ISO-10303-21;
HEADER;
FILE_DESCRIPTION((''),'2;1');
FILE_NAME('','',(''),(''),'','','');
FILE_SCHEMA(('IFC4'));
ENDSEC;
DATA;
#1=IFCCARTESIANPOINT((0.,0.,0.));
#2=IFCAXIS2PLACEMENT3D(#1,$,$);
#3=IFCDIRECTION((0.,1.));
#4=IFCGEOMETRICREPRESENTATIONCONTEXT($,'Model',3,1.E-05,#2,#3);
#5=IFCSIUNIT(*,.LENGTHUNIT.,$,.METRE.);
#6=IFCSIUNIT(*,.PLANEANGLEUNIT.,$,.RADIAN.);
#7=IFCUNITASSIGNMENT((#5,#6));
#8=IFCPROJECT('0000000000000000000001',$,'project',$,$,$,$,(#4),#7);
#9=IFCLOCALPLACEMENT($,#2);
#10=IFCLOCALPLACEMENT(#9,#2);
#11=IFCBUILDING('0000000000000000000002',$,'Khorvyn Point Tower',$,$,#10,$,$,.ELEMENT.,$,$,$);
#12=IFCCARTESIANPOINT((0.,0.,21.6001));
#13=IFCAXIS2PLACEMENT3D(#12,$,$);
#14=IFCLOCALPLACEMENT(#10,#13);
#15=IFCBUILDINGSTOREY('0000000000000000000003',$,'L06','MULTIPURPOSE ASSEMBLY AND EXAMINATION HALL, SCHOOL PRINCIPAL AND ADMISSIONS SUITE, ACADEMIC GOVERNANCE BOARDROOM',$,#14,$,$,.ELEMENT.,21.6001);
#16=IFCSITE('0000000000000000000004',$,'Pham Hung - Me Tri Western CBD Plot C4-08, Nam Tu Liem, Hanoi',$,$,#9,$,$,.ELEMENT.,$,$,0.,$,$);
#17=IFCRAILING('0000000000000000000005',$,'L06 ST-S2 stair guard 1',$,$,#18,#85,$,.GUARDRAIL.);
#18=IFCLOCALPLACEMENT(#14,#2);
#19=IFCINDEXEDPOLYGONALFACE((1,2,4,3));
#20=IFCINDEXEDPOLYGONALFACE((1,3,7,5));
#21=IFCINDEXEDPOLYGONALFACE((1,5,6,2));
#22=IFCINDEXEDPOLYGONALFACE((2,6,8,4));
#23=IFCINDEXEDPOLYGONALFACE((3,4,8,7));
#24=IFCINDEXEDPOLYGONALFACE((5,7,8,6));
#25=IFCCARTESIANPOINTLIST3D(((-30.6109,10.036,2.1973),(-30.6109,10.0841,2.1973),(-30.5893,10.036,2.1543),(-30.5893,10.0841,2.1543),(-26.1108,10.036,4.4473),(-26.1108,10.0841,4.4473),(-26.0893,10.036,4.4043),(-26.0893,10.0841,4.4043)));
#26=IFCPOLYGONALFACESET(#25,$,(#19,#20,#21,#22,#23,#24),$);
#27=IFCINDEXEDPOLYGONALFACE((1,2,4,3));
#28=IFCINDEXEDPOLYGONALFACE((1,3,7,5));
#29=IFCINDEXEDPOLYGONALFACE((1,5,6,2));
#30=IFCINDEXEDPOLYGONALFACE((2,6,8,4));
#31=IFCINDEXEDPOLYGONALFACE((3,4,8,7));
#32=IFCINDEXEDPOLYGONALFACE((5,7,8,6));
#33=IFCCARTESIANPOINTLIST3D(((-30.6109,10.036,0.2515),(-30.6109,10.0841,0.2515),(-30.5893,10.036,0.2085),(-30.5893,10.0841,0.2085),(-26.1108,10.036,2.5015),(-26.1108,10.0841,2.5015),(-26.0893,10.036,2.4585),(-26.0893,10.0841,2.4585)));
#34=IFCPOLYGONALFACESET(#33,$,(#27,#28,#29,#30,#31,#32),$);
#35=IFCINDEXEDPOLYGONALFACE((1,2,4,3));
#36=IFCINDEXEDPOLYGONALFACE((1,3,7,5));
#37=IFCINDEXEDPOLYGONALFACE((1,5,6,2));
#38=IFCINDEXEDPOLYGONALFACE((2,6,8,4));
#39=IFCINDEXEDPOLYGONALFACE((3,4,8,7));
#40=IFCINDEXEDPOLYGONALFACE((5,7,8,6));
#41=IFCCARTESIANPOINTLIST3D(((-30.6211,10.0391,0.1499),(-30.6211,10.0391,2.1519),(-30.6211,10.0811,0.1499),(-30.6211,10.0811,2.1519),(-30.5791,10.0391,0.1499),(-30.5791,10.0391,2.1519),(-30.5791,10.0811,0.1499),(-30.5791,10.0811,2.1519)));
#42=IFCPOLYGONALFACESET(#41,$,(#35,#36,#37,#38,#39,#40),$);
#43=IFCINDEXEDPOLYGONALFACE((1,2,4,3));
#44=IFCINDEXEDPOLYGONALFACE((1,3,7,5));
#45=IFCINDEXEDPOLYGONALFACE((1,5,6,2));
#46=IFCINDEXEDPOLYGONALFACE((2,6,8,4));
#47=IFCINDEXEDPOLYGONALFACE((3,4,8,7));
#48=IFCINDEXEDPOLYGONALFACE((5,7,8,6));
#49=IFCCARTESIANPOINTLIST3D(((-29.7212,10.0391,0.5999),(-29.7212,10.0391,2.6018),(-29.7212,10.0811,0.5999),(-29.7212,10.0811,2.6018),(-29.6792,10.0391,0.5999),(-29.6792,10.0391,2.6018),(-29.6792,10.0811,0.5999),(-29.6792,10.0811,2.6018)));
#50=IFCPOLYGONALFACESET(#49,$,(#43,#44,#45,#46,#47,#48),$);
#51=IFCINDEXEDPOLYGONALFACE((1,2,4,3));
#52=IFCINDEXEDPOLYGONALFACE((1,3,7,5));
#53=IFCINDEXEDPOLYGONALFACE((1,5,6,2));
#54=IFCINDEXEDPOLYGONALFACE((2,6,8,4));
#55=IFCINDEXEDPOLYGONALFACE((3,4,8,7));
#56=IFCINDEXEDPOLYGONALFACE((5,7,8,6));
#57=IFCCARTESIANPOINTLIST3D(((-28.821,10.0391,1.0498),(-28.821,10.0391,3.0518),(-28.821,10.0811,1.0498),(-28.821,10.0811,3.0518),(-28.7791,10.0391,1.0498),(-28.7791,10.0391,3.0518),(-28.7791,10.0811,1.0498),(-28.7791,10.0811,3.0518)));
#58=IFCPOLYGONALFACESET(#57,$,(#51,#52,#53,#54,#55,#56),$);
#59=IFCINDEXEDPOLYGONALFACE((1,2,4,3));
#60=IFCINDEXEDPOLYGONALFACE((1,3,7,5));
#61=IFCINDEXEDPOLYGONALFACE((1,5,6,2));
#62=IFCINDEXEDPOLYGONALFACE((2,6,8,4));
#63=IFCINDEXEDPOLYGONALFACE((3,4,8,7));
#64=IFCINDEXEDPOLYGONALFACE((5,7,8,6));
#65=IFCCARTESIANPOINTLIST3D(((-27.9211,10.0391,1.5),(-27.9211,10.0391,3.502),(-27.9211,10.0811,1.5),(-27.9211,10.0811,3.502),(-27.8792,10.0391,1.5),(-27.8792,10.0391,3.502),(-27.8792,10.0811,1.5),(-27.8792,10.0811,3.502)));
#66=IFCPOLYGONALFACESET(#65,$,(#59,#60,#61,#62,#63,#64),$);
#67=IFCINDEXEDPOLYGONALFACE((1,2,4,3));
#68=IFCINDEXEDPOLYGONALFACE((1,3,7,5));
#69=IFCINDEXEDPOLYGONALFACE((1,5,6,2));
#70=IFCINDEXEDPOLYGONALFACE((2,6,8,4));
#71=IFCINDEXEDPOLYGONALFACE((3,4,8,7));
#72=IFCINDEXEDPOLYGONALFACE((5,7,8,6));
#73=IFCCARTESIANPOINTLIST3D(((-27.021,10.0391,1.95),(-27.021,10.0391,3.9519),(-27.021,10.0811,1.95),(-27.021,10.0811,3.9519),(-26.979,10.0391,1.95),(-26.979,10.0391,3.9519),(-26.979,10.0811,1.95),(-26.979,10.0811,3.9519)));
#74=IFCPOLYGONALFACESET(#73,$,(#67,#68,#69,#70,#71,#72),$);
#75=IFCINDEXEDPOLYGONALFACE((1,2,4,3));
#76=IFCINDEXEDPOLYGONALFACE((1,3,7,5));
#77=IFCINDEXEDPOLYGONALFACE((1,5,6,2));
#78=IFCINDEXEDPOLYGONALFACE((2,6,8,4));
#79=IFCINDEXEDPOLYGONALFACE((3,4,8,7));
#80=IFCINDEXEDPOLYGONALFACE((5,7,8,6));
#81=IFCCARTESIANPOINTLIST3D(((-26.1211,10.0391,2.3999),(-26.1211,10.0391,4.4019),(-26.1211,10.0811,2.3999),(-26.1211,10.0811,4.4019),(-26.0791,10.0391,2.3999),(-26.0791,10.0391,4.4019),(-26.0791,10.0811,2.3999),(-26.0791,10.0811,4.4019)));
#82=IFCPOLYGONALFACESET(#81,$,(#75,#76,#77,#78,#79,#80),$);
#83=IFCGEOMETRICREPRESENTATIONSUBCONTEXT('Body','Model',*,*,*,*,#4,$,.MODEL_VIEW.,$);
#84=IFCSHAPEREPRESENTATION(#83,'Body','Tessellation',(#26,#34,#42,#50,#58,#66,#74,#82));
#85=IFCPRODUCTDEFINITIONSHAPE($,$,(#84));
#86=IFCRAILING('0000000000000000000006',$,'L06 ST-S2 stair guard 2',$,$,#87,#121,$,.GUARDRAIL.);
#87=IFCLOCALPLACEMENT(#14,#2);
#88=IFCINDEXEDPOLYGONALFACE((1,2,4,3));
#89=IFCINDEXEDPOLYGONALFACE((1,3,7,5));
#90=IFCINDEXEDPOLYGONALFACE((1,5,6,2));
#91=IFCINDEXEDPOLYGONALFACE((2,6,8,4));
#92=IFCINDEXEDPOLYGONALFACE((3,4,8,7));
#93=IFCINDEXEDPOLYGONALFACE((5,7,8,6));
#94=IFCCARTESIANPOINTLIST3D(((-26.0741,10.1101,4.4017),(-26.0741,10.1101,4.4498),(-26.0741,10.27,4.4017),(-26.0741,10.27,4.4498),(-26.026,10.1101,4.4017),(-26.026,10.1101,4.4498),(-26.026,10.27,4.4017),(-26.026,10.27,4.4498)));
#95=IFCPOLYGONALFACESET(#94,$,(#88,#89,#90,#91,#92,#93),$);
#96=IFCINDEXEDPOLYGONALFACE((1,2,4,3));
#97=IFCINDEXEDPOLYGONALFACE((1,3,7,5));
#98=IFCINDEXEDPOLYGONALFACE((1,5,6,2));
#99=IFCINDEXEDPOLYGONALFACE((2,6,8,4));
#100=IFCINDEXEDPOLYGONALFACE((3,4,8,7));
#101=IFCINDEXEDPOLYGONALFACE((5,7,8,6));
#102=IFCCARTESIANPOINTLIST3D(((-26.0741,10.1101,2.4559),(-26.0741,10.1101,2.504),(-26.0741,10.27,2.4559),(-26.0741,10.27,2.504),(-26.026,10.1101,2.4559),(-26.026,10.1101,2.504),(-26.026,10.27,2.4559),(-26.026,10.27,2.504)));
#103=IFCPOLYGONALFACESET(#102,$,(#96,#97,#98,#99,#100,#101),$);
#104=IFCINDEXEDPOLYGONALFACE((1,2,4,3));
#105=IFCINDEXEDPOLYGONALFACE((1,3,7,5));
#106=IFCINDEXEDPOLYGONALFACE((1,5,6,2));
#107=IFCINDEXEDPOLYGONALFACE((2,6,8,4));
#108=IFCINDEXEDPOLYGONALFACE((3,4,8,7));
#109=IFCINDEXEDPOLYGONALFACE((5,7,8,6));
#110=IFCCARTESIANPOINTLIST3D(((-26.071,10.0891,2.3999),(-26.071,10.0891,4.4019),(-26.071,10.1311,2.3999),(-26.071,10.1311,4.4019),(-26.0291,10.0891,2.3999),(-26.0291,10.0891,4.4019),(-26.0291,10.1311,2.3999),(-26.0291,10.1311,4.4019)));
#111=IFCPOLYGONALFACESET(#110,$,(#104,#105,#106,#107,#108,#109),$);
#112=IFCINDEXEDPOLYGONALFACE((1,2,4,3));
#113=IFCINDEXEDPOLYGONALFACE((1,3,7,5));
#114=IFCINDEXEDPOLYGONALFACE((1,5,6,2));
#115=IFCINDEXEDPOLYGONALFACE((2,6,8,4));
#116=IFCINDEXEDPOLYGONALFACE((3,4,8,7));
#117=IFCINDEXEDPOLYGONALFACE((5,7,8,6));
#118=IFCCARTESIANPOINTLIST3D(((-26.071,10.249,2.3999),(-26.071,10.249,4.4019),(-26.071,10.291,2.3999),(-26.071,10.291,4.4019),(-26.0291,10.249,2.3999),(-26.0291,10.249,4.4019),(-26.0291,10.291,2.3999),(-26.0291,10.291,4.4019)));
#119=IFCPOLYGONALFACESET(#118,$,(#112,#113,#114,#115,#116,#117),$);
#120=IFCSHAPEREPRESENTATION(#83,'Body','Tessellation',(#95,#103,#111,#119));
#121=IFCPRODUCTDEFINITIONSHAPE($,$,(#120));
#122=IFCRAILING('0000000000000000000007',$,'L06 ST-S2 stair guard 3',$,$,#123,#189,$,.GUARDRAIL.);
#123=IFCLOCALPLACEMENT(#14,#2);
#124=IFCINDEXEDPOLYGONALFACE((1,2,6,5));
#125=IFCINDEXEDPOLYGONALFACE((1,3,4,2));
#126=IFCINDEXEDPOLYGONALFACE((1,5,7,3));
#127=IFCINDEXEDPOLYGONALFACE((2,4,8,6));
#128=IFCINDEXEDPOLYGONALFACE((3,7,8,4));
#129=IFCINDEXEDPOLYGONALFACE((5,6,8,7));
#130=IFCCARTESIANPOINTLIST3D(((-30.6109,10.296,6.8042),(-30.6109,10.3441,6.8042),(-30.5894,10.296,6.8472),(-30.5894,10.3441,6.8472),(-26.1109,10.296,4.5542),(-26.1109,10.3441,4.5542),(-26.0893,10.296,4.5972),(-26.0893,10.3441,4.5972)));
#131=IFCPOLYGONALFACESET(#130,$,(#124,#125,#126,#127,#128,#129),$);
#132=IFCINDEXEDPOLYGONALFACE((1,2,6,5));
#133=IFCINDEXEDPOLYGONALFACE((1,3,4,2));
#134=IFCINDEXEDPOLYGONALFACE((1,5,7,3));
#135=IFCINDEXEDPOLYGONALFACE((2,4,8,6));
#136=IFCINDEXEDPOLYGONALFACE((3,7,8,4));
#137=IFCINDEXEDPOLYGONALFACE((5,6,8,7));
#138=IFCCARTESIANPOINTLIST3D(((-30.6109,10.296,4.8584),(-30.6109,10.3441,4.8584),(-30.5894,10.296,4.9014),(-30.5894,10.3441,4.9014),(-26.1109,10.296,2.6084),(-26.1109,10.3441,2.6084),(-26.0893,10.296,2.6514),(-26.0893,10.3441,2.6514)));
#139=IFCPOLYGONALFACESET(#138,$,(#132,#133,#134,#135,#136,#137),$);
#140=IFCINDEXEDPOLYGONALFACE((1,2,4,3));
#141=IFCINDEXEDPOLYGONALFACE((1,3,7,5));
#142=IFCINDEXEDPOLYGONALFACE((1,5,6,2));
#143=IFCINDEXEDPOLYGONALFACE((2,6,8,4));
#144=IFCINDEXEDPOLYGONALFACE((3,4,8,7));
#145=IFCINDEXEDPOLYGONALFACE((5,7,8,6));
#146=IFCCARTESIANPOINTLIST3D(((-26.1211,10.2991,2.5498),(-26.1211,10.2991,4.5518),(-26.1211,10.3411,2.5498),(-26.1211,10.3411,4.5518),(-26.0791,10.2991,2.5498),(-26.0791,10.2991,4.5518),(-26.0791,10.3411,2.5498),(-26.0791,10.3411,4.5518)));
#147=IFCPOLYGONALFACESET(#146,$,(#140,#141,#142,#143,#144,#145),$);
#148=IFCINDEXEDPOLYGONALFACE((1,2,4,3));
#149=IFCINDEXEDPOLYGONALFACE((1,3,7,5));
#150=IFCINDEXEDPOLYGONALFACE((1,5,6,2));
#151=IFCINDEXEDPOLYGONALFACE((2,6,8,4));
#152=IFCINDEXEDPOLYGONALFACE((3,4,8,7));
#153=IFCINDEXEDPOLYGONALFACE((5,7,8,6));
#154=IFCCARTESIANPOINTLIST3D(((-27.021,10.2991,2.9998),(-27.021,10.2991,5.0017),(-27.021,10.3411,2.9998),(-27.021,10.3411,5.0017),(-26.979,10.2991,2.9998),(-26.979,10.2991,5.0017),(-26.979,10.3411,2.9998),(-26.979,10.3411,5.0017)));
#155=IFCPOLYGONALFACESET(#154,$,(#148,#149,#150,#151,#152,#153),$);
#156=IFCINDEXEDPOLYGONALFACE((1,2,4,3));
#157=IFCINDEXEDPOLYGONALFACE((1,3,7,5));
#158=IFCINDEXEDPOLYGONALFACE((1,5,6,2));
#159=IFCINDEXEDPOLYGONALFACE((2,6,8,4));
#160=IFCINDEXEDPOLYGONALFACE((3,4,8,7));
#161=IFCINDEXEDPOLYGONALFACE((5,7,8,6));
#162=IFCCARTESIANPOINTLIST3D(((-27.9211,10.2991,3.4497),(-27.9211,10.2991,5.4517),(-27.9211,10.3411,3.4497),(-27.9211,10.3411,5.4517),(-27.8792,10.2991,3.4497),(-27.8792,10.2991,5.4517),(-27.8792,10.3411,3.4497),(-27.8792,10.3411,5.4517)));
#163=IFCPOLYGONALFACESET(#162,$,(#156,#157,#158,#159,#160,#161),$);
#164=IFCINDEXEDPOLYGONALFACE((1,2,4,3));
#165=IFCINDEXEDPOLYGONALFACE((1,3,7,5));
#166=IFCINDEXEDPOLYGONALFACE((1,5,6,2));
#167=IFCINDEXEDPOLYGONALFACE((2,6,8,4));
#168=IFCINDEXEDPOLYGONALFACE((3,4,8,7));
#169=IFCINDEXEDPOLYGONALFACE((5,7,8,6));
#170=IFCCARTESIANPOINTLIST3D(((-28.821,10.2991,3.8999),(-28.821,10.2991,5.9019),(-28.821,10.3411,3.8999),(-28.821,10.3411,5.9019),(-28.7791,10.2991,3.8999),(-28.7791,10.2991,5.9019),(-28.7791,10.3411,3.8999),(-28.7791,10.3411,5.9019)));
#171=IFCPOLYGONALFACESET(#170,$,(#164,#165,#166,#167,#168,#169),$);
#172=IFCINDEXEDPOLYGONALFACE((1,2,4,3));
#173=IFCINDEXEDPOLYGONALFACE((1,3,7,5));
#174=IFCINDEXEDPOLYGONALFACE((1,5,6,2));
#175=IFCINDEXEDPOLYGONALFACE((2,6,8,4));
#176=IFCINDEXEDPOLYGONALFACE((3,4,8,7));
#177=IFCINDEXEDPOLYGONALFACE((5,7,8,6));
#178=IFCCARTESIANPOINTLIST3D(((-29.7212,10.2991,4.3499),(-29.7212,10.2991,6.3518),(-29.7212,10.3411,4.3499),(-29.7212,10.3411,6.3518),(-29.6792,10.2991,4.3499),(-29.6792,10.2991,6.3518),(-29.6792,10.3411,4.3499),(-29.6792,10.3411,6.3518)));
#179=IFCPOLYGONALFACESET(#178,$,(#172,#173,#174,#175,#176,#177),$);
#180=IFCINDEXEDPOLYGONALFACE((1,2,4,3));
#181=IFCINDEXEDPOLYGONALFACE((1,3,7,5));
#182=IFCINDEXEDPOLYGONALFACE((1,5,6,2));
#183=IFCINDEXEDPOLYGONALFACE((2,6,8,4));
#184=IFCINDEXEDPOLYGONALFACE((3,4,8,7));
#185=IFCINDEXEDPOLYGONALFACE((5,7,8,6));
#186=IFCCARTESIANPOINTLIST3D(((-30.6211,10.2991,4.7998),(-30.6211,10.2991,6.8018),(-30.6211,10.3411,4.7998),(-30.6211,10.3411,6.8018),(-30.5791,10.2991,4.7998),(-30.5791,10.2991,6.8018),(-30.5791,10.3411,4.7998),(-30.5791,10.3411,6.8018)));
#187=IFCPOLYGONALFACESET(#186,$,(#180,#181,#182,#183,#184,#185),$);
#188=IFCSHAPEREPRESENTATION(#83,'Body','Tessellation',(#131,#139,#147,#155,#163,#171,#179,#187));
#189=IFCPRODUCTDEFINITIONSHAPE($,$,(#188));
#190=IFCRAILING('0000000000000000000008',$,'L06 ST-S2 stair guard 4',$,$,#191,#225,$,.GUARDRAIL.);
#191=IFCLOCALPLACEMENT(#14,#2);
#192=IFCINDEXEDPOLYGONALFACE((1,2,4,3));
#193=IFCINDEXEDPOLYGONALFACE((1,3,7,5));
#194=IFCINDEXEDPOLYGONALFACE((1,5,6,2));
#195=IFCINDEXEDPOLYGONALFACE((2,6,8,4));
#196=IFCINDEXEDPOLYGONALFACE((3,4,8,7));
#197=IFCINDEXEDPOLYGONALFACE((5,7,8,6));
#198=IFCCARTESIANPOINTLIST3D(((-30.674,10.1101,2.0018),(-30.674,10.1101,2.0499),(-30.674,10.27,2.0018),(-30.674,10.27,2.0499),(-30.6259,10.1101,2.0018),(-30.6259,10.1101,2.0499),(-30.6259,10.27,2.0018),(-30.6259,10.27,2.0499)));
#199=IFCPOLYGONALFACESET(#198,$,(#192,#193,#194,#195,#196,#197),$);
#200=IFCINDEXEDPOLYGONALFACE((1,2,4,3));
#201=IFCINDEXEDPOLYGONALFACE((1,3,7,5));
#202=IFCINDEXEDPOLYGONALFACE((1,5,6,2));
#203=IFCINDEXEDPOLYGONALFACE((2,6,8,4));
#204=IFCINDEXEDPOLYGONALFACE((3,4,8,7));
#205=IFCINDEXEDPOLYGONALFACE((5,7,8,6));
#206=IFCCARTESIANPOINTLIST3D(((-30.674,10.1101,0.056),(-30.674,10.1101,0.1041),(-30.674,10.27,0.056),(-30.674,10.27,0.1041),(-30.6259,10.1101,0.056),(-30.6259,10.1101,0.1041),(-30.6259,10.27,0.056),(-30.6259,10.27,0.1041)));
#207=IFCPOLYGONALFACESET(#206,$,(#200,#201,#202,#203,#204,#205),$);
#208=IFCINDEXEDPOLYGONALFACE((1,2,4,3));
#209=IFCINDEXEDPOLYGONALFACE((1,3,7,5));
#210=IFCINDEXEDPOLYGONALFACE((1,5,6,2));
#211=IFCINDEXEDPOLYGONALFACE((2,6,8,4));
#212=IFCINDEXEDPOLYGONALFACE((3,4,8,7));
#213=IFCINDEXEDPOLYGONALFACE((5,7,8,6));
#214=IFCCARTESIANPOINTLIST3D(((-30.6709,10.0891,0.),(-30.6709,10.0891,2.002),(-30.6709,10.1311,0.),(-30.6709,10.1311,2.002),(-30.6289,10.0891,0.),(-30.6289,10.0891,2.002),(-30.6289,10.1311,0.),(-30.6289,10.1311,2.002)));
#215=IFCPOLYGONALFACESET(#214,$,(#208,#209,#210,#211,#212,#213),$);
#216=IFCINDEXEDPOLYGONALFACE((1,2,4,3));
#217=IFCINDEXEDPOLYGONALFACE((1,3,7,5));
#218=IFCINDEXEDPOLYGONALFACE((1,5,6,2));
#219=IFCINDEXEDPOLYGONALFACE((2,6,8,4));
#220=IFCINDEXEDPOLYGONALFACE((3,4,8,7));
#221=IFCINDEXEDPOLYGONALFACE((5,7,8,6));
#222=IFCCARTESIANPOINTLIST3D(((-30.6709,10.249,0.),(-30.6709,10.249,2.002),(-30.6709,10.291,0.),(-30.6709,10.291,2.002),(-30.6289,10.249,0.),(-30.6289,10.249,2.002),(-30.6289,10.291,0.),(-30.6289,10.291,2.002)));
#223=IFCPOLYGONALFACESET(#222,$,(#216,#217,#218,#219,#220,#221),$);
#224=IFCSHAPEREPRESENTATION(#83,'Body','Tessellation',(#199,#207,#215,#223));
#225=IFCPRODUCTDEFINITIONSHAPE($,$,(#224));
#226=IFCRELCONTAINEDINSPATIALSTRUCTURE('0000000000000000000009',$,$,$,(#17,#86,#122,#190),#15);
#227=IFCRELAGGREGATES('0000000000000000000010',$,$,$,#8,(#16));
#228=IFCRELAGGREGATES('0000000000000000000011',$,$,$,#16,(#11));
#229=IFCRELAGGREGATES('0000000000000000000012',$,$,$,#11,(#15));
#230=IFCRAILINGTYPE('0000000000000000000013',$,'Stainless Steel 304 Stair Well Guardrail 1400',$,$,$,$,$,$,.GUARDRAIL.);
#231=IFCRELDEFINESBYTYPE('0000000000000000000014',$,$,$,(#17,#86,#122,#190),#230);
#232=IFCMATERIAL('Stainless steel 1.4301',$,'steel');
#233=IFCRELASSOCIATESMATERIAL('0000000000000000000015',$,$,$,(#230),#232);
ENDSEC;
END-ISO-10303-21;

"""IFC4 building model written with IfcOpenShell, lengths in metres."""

from ifc_helpers import new_model, si_unit, direction, frame, origin, origin_2d, place, context, subcontext, project, spatial, rectangle, extrude, material, type_object, element, save


model = new_model("IFC4")

# Units and contexts
model_context = context("Model", 3, precision=1e-05, world=origin(), true_north=direction((0.0, 1.0)))
body_context = subcontext(model_context, "Body", "Model", "MODEL_VIEW")
ifc_project = project(units=[si_unit("LENGTHUNIT", "METRE"), si_unit("PLANEANGLEUNIT", "RADIAN")], contexts=[model_context])

# Site, building, storey
site_placement = place(None, origin())
site = spatial("IfcSite", under=ifc_project, at=site_placement, Name="Pham Hung - Me Tri Western CBD Plot C4-08, Nam Tu Liem, Hanoi", CompositionType="ELEMENT", RefElevation=0.0)
building_placement = place(site_placement, origin())
building = spatial("IfcBuilding", under=site, at=building_placement, Name="Khorvyn Point Tower", CompositionType="ELEMENT")
storey_placement = place(building_placement, frame((0.0, 0.0, 21.6001)))
storey = spatial("IfcBuildingStorey", under=building, at=storey_placement, Name="L06", Description="MULTIPURPOSE ASSEMBLY AND EXAMINATION HALL, SCHOOL PRINCIPAL AND ADMISSIONS SUITE, ACADEMIC GOVERNANCE BOARDROOM", CompositionType="ELEMENT", Elevation=21.6001)

# Railings
ifc_material_1 = material(Name="Stainless steel 1.4301", Category="steel")
railing_type_1 = type_object("IfcRailingType", Name="Stainless Steel 304 Stair Well Guardrail 1400", PredefinedType="GUARDRAIL", material=ifc_material_1)
railing_1_placement = place(storey_placement, frame((-30.6001, 10.0601, 0.1499)))
element("IfcRailing", 1, at=railing_1_placement, inside=storey, type_object=railing_type_1, Name="L06 ST-S2 stair guard 1", PredefinedType="GUARDRAIL", context=body_context, shape_type="SweptSolid", body=[
    extrude(rectangle(XDim=0.0481, YDim=0.0481, at=origin_2d()), frame((0.0, 0.0, 2.0259), z_axis=(0.894427, 0.0, 0.447214), x_axis=(0.0, 1.0, 0.0)), (0.0, 0.0, 1.0), 5.0312),
    extrude(rectangle(XDim=0.0481, YDim=0.0481, at=origin_2d()), frame((0.0, 0.0, 0.0801), z_axis=(0.894427, 0.0, 0.447214), x_axis=(0.0, 1.0, 0.0)), (0.0, 0.0, 1.0), 5.0312),
    extrude(rectangle(XDim=0.042, YDim=0.042, at=origin_2d()), origin(), (0.0, 0.0, 1.0), 2.002),
    extrude(rectangle(XDim=0.042, YDim=0.042, at=origin_2d()), frame((0.8999, 0.0, 0.45)), (0.0, 0.0, 1.0), 2.002),
    extrude(rectangle(XDim=0.042, YDim=0.042, at=origin_2d()), frame((1.8, 0.0, 0.8999)), (0.0, 0.0, 1.0), 2.002),
    extrude(rectangle(XDim=0.042, YDim=0.042, at=origin_2d()), frame((2.7, 0.0, 1.3501)), (0.0, 0.0, 1.0), 2.002),
    extrude(rectangle(XDim=0.042, YDim=0.042, at=origin_2d()), frame((3.6001, 0.0, 1.8)), (0.0, 0.0, 1.0), 2.002),
    extrude(rectangle(XDim=0.042, YDim=0.042, at=origin_2d()), frame((4.5, 0.0, 2.25)), (0.0, 0.0, 1.0), 2.002),
])
railing_2_placement = place(storey_placement, frame((-26.05, 10.1101, 2.3999)))
element("IfcRailing", 2, at=railing_2_placement, inside=storey, type_object=railing_type_1, Name="L06 ST-S2 stair guard 2", PredefinedType="GUARDRAIL", context=body_context, shape_type="SweptSolid", body=[
    extrude(rectangle(XDim=0.0481, YDim=0.0481, at=origin_2d()), frame((0.0, 0.0, 2.0259), z_axis=(0.0, 1.0, 0.0), x_axis=(-1.0, 0.0, 0.0)), (0.0, 0.0, 1.0), 0.1599),
    extrude(rectangle(XDim=0.0481, YDim=0.0481, at=origin_2d()), frame((0.0, 0.0, 0.0801), z_axis=(0.0, 1.0, 0.0), x_axis=(-1.0, 0.0, 0.0)), (0.0, 0.0, 1.0), 0.1599),
    extrude(rectangle(XDim=0.042, YDim=0.042, at=origin_2d()), origin(), (0.0, 0.0, 1.0), 2.002),
    extrude(rectangle(XDim=0.042, YDim=0.042, at=origin_2d()), frame((0.0, 0.1599, 0.0)), (0.0, 0.0, 1.0), 2.002),
])
railing_3_placement = place(storey_placement, frame((-26.1001, 10.3201, 2.5498)))
element("IfcRailing", 3, at=railing_3_placement, inside=storey, type_object=railing_type_1, Name="L06 ST-S2 stair guard 3", PredefinedType="GUARDRAIL", context=body_context, shape_type="SweptSolid", body=[
    extrude(rectangle(XDim=0.0481, YDim=0.0481, at=origin_2d()), frame((0.0, 0.0, 2.0259), z_axis=(-0.894427, 0.0, 0.447214), x_axis=(0.0, -1.0, 0.0)), (0.0, 0.0, 1.0), 5.0312),
    extrude(rectangle(XDim=0.0481, YDim=0.0481, at=origin_2d()), frame((0.0, 0.0, 0.0801), z_axis=(-0.894427, 0.0, 0.447214), x_axis=(0.0, -1.0, 0.0)), (0.0, 0.0, 1.0), 5.0312),
    extrude(rectangle(XDim=0.042, YDim=0.042, at=origin_2d()), origin(), (0.0, 0.0, 1.0), 2.002),
    extrude(rectangle(XDim=0.042, YDim=0.042, at=origin_2d()), frame((-0.8999, 0.0, 0.45)), (0.0, 0.0, 1.0), 2.002),
    extrude(rectangle(XDim=0.042, YDim=0.042, at=origin_2d()), frame((-1.8, 0.0, 0.8999)), (0.0, 0.0, 1.0), 2.002),
    extrude(rectangle(XDim=0.042, YDim=0.042, at=origin_2d()), frame((-2.7, 0.0, 1.3501)), (0.0, 0.0, 1.0), 2.002),
    extrude(rectangle(XDim=0.042, YDim=0.042, at=origin_2d()), frame((-3.6001, 0.0, 1.8)), (0.0, 0.0, 1.0), 2.002),
    extrude(rectangle(XDim=0.042, YDim=0.042, at=origin_2d()), frame((-4.5, 0.0, 2.25)), (0.0, 0.0, 1.0), 2.002),
])
railing_4_placement = place(storey_placement, frame((-30.6499, 10.1101, 0.0)))
element("IfcRailing", 4, at=railing_4_placement, inside=storey, type_object=railing_type_1, Name="L06 ST-S2 stair guard 4", PredefinedType="GUARDRAIL", context=body_context, shape_type="SweptSolid", body=[
    extrude(rectangle(XDim=0.0481, YDim=0.0481, at=origin_2d()), frame((0.0, 0.0, 2.0259), z_axis=(0.0, 1.0, 0.0), x_axis=(-1.0, 0.0, 0.0)), (0.0, 0.0, 1.0), 0.1599),
    extrude(rectangle(XDim=0.0481, YDim=0.0481, at=origin_2d()), frame((0.0, 0.0, 0.0801), z_axis=(0.0, 1.0, 0.0), x_axis=(-1.0, 0.0, 0.0)), (0.0, 0.0, 1.0), 0.1599),
    extrude(rectangle(XDim=0.042, YDim=0.042, at=origin_2d()), origin(), (0.0, 0.0, 1.0), 2.002),
    extrude(rectangle(XDim=0.042, YDim=0.042, at=origin_2d()), frame((0.0, 0.1599, 0.0)), (0.0, 0.0, 1.0), 2.002),
])

save(model, "model.ifc")
